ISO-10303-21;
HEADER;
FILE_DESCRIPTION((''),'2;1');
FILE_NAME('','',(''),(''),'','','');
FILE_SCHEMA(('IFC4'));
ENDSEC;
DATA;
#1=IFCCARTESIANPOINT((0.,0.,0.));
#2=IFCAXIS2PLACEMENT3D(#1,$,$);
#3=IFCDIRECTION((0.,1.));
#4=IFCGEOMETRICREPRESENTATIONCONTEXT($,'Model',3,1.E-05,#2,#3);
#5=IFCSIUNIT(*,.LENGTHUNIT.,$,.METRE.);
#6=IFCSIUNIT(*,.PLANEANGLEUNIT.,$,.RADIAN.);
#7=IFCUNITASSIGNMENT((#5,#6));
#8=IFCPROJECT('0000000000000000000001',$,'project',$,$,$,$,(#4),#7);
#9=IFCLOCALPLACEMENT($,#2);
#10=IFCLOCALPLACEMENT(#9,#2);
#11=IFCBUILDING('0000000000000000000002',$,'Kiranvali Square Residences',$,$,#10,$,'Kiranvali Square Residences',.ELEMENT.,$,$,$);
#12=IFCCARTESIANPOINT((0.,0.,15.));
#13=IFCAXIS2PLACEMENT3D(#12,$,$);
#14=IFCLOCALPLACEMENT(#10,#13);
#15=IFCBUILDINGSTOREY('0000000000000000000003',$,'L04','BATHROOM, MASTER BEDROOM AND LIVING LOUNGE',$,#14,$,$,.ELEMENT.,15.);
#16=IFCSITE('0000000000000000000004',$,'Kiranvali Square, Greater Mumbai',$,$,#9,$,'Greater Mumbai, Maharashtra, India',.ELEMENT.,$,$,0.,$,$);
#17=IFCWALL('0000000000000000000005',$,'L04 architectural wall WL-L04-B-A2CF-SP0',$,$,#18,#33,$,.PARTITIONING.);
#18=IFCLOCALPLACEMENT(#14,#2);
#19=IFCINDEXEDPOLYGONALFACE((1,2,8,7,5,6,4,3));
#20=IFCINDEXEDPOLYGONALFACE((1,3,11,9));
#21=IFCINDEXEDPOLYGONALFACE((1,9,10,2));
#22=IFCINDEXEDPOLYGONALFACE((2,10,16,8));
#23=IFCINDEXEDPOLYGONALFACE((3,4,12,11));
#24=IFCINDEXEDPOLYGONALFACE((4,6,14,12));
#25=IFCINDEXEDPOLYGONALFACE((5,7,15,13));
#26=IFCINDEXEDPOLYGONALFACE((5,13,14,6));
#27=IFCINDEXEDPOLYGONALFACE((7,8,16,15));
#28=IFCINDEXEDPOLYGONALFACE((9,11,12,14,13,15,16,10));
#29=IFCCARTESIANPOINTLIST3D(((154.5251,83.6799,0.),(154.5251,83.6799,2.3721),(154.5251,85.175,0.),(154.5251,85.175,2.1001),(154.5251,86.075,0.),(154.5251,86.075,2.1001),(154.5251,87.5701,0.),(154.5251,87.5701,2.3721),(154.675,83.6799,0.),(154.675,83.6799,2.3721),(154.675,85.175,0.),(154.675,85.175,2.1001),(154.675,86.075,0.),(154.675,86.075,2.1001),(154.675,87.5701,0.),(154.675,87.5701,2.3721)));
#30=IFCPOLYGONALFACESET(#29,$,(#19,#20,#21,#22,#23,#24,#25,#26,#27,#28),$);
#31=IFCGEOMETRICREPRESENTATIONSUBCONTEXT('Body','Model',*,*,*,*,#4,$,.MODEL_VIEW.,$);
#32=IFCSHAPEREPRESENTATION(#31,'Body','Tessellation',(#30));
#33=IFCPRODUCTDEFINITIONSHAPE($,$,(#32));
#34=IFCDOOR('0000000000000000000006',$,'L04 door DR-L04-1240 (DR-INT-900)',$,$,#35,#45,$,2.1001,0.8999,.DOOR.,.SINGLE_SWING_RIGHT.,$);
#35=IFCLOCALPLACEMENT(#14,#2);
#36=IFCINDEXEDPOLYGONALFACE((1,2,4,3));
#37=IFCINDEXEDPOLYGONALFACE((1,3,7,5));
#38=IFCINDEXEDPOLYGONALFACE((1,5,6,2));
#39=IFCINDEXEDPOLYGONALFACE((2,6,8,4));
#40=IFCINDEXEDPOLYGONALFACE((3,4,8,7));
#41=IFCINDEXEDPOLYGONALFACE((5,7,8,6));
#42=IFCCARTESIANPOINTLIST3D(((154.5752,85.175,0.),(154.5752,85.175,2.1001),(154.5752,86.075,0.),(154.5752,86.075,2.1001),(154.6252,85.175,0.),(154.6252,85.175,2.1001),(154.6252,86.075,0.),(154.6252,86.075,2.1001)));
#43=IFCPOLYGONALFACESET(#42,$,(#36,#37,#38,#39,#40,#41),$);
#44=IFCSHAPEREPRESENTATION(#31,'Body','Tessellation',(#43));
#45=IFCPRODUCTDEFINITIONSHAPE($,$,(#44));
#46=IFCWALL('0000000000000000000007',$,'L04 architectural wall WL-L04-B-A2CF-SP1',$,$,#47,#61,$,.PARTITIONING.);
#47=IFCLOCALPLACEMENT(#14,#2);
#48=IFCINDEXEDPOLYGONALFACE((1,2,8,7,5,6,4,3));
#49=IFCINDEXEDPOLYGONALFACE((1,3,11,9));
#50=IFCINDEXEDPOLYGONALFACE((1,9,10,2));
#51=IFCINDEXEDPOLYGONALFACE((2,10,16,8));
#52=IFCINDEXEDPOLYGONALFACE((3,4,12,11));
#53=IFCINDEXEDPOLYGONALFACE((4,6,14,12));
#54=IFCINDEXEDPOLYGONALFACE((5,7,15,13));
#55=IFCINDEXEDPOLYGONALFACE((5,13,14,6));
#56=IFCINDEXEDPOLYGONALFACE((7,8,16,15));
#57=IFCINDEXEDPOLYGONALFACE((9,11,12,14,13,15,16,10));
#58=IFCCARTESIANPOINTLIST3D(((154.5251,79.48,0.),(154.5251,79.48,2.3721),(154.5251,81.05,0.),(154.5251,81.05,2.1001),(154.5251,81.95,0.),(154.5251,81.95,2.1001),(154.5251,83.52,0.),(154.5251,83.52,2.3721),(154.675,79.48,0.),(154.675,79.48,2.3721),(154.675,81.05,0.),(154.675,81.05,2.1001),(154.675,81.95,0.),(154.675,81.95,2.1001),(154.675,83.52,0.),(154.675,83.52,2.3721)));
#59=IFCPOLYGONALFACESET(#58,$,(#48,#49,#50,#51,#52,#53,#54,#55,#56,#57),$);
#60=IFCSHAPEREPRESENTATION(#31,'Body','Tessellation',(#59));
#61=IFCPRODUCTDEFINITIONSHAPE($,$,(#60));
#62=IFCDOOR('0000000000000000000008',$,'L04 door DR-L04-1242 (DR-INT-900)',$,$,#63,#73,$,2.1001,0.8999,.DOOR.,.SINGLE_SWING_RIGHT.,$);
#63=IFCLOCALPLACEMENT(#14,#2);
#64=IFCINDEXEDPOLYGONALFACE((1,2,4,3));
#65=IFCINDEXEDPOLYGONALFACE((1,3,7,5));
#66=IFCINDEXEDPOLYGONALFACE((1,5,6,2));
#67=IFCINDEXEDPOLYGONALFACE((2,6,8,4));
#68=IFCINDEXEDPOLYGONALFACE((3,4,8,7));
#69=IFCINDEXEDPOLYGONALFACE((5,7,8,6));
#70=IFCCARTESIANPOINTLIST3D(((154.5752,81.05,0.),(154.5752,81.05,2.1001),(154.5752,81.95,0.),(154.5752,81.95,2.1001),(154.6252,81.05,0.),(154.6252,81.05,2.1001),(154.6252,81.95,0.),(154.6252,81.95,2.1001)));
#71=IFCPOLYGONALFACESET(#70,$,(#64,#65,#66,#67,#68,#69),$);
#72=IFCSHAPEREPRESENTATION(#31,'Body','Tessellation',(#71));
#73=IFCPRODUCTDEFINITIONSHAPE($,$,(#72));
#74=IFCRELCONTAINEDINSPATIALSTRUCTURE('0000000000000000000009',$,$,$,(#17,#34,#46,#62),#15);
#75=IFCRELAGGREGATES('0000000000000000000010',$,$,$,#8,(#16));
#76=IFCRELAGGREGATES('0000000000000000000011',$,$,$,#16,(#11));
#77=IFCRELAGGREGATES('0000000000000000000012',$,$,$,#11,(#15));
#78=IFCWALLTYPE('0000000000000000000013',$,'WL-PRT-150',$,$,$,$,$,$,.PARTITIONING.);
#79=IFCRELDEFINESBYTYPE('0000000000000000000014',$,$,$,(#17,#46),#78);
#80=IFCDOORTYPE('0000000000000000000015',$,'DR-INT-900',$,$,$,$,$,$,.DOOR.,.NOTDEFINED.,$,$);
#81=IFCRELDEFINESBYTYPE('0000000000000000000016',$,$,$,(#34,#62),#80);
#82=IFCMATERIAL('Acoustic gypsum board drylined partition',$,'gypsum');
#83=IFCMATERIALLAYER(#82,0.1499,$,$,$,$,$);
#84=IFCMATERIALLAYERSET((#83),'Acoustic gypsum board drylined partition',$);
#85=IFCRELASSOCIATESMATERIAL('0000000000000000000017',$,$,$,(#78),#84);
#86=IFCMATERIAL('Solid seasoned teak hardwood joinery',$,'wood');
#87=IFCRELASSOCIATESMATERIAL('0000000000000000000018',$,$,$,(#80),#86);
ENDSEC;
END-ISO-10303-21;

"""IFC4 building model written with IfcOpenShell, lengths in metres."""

from ifc_helpers import new_model, si_unit, direction, frame, frame_2d, origin, place, context, subcontext, project, spatial, rectangle, extrude, material, layer, layer_set, type_object, element, fill, save


model = new_model("IFC4")

# Units and contexts
model_context = context("Model", 3, precision=1e-05, world=origin(), true_north=direction((0.0, 1.0)))
body_context = subcontext(model_context, "Body", "Model", "MODEL_VIEW")
ifc_project = project(units=[si_unit("LENGTHUNIT", "METRE"), si_unit("PLANEANGLEUNIT", "RADIAN")], contexts=[model_context])

# Site, building, storey
site_placement = place(None, origin())
site = spatial("IfcSite", under=ifc_project, at=site_placement, Name="Kiranvali Square, Greater Mumbai", LongName="Greater Mumbai, Maharashtra, India", CompositionType="ELEMENT", RefElevation=0.0)
building_placement = place(site_placement, origin())
building = spatial("IfcBuilding", under=site, at=building_placement, Name="Kiranvali Square Residences", LongName="Kiranvali Square Residences", CompositionType="ELEMENT")
storey_placement = place(building_placement, frame((0.0, 0.0, 15.0)))
storey = spatial("IfcBuildingStorey", under=building, at=storey_placement, Name="L04", Description="BATHROOM, MASTER BEDROOM AND LIVING LOUNGE", CompositionType="ELEMENT", Elevation=15.0)

# Walls, openings, doors
ifc_material_1 = material(Name="Acoustic gypsum board drylined partition", Category="gypsum")
ifc_layer_1 = layer(ifc_material_1, 0.1499)
ifc_layer_set_1 = layer_set([ifc_layer_1], Name="Acoustic gypsum board drylined partition")
wall_type_1 = type_object("IfcWallType", Name="WL-PRT-150", PredefinedType="PARTITIONING", material=ifc_layer_set_1)
wall_1_placement = place(storey_placement, frame((154.6001, 87.5701, 0.0), z_axis=(0.0, 0.0, 1.0), x_axis=(0.0, -1.0, 0.0)))
wall_1 = element("IfcWall", 1, at=wall_1_placement, inside=storey, type_object=wall_type_1, Name="L04 architectural wall WL-L04-B-A2CF-SP0", PredefinedType="PARTITIONING", context=body_context, shape_type="SweptSolid", body=[
    extrude(rectangle(XDim=3.8901, YDim=0.1499, at=frame_2d((1.9451, 0.0))), origin(), (0.0, 0.0, 1.0), 2.3721),
])
opening_1_placement = place(wall_1_placement, frame((1.4951, 0.0, 0.0)))
opening_1 = element("IfcOpeningElement", 2, at=opening_1_placement, cuts=wall_1, PredefinedType="OPENING", context=body_context, shape_type="SweptSolid", body=[
    extrude(rectangle(XDim=0.8999, YDim=2.1001, at=frame_2d((0.45, 1.05))), frame((0.0, 0.085, 0.0), z_axis=(0.0, -1.0, 0.0), x_axis=(1.0, 0.0, 0.0)), (0.0, 0.0, 1.0), 0.1699),
])
ifc_material_2 = material(Name="Solid seasoned teak hardwood joinery", Category="wood")
door_type_1 = type_object("IfcDoorType", Name="DR-INT-900", OperationType="NOTDEFINED", PredefinedType="DOOR", material=ifc_material_2)
door_1_placement = place(opening_1_placement, frame((0.8999, 0.0, 0.0), z_axis=(0.0, 0.0, 1.0), x_axis=(-1.0, 0.0, 0.0)))
door_1 = element("IfcDoor", 3, at=door_1_placement, inside=storey, type_object=door_type_1, Name="L04 door DR-L04-1240 (DR-INT-900)", OperationType="SINGLE_SWING_RIGHT", OverallHeight=2.1001, OverallWidth=0.8999, PredefinedType="DOOR", context=body_context, shape_type="SweptSolid", body=[
    extrude(rectangle(XDim=0.8999, YDim=2.1001, at=frame_2d((0.45, 1.05))), frame((0.0, 0.0249, 0.0), z_axis=(0.0, -1.0, 0.0), x_axis=(1.0, 0.0, 0.0)), (0.0, 0.0, 1.0), 0.05),
])
fill(opening_1, door_1)
wall_2_placement = place(storey_placement, frame((154.6001, 83.52, 0.0), z_axis=(0.0, 0.0, 1.0), x_axis=(0.0, -1.0, 0.0)))
wall_2 = element("IfcWall", 4, at=wall_2_placement, inside=storey, type_object=wall_type_1, Name="L04 architectural wall WL-L04-B-A2CF-SP1", PredefinedType="PARTITIONING", context=body_context, shape_type="SweptSolid", body=[
    extrude(rectangle(XDim=4.04, YDim=0.1499, at=frame_2d((2.02, 0.0))), origin(), (0.0, 0.0, 1.0), 2.3721),
])
opening_2_placement = place(wall_2_placement, frame((1.5701, 0.0, 0.0)))
opening_2 = element("IfcOpeningElement", 5, at=opening_2_placement, cuts=wall_2, PredefinedType="OPENING", context=body_context, shape_type="SweptSolid", body=[
    extrude(rectangle(XDim=0.8999, YDim=2.1001, at=frame_2d((0.45, 1.05))), frame((0.0, 0.085, 0.0), z_axis=(0.0, -1.0, 0.0), x_axis=(1.0, 0.0, 0.0)), (0.0, 0.0, 1.0), 0.1699),
])
door_2_placement = place(opening_2_placement, frame((0.8999, 0.0, 0.0), z_axis=(0.0, 0.0, 1.0), x_axis=(-1.0, 0.0, 0.0)))
door_2 = element("IfcDoor", 6, at=door_2_placement, inside=storey, type_object=door_type_1, Name="L04 door DR-L04-1242 (DR-INT-900)", OperationType="SINGLE_SWING_RIGHT", OverallHeight=2.1001, OverallWidth=0.8999, PredefinedType="DOOR", context=body_context, shape_type="SweptSolid", body=[
    extrude(rectangle(XDim=0.8999, YDim=2.1001, at=frame_2d((0.45, 1.05))), frame((0.0, 0.0249, 0.0), z_axis=(0.0, -1.0, 0.0), x_axis=(1.0, 0.0, 0.0)), (0.0, 0.0, 1.0), 0.05),
])
fill(opening_2, door_2)

save(model, "model.ifc")
